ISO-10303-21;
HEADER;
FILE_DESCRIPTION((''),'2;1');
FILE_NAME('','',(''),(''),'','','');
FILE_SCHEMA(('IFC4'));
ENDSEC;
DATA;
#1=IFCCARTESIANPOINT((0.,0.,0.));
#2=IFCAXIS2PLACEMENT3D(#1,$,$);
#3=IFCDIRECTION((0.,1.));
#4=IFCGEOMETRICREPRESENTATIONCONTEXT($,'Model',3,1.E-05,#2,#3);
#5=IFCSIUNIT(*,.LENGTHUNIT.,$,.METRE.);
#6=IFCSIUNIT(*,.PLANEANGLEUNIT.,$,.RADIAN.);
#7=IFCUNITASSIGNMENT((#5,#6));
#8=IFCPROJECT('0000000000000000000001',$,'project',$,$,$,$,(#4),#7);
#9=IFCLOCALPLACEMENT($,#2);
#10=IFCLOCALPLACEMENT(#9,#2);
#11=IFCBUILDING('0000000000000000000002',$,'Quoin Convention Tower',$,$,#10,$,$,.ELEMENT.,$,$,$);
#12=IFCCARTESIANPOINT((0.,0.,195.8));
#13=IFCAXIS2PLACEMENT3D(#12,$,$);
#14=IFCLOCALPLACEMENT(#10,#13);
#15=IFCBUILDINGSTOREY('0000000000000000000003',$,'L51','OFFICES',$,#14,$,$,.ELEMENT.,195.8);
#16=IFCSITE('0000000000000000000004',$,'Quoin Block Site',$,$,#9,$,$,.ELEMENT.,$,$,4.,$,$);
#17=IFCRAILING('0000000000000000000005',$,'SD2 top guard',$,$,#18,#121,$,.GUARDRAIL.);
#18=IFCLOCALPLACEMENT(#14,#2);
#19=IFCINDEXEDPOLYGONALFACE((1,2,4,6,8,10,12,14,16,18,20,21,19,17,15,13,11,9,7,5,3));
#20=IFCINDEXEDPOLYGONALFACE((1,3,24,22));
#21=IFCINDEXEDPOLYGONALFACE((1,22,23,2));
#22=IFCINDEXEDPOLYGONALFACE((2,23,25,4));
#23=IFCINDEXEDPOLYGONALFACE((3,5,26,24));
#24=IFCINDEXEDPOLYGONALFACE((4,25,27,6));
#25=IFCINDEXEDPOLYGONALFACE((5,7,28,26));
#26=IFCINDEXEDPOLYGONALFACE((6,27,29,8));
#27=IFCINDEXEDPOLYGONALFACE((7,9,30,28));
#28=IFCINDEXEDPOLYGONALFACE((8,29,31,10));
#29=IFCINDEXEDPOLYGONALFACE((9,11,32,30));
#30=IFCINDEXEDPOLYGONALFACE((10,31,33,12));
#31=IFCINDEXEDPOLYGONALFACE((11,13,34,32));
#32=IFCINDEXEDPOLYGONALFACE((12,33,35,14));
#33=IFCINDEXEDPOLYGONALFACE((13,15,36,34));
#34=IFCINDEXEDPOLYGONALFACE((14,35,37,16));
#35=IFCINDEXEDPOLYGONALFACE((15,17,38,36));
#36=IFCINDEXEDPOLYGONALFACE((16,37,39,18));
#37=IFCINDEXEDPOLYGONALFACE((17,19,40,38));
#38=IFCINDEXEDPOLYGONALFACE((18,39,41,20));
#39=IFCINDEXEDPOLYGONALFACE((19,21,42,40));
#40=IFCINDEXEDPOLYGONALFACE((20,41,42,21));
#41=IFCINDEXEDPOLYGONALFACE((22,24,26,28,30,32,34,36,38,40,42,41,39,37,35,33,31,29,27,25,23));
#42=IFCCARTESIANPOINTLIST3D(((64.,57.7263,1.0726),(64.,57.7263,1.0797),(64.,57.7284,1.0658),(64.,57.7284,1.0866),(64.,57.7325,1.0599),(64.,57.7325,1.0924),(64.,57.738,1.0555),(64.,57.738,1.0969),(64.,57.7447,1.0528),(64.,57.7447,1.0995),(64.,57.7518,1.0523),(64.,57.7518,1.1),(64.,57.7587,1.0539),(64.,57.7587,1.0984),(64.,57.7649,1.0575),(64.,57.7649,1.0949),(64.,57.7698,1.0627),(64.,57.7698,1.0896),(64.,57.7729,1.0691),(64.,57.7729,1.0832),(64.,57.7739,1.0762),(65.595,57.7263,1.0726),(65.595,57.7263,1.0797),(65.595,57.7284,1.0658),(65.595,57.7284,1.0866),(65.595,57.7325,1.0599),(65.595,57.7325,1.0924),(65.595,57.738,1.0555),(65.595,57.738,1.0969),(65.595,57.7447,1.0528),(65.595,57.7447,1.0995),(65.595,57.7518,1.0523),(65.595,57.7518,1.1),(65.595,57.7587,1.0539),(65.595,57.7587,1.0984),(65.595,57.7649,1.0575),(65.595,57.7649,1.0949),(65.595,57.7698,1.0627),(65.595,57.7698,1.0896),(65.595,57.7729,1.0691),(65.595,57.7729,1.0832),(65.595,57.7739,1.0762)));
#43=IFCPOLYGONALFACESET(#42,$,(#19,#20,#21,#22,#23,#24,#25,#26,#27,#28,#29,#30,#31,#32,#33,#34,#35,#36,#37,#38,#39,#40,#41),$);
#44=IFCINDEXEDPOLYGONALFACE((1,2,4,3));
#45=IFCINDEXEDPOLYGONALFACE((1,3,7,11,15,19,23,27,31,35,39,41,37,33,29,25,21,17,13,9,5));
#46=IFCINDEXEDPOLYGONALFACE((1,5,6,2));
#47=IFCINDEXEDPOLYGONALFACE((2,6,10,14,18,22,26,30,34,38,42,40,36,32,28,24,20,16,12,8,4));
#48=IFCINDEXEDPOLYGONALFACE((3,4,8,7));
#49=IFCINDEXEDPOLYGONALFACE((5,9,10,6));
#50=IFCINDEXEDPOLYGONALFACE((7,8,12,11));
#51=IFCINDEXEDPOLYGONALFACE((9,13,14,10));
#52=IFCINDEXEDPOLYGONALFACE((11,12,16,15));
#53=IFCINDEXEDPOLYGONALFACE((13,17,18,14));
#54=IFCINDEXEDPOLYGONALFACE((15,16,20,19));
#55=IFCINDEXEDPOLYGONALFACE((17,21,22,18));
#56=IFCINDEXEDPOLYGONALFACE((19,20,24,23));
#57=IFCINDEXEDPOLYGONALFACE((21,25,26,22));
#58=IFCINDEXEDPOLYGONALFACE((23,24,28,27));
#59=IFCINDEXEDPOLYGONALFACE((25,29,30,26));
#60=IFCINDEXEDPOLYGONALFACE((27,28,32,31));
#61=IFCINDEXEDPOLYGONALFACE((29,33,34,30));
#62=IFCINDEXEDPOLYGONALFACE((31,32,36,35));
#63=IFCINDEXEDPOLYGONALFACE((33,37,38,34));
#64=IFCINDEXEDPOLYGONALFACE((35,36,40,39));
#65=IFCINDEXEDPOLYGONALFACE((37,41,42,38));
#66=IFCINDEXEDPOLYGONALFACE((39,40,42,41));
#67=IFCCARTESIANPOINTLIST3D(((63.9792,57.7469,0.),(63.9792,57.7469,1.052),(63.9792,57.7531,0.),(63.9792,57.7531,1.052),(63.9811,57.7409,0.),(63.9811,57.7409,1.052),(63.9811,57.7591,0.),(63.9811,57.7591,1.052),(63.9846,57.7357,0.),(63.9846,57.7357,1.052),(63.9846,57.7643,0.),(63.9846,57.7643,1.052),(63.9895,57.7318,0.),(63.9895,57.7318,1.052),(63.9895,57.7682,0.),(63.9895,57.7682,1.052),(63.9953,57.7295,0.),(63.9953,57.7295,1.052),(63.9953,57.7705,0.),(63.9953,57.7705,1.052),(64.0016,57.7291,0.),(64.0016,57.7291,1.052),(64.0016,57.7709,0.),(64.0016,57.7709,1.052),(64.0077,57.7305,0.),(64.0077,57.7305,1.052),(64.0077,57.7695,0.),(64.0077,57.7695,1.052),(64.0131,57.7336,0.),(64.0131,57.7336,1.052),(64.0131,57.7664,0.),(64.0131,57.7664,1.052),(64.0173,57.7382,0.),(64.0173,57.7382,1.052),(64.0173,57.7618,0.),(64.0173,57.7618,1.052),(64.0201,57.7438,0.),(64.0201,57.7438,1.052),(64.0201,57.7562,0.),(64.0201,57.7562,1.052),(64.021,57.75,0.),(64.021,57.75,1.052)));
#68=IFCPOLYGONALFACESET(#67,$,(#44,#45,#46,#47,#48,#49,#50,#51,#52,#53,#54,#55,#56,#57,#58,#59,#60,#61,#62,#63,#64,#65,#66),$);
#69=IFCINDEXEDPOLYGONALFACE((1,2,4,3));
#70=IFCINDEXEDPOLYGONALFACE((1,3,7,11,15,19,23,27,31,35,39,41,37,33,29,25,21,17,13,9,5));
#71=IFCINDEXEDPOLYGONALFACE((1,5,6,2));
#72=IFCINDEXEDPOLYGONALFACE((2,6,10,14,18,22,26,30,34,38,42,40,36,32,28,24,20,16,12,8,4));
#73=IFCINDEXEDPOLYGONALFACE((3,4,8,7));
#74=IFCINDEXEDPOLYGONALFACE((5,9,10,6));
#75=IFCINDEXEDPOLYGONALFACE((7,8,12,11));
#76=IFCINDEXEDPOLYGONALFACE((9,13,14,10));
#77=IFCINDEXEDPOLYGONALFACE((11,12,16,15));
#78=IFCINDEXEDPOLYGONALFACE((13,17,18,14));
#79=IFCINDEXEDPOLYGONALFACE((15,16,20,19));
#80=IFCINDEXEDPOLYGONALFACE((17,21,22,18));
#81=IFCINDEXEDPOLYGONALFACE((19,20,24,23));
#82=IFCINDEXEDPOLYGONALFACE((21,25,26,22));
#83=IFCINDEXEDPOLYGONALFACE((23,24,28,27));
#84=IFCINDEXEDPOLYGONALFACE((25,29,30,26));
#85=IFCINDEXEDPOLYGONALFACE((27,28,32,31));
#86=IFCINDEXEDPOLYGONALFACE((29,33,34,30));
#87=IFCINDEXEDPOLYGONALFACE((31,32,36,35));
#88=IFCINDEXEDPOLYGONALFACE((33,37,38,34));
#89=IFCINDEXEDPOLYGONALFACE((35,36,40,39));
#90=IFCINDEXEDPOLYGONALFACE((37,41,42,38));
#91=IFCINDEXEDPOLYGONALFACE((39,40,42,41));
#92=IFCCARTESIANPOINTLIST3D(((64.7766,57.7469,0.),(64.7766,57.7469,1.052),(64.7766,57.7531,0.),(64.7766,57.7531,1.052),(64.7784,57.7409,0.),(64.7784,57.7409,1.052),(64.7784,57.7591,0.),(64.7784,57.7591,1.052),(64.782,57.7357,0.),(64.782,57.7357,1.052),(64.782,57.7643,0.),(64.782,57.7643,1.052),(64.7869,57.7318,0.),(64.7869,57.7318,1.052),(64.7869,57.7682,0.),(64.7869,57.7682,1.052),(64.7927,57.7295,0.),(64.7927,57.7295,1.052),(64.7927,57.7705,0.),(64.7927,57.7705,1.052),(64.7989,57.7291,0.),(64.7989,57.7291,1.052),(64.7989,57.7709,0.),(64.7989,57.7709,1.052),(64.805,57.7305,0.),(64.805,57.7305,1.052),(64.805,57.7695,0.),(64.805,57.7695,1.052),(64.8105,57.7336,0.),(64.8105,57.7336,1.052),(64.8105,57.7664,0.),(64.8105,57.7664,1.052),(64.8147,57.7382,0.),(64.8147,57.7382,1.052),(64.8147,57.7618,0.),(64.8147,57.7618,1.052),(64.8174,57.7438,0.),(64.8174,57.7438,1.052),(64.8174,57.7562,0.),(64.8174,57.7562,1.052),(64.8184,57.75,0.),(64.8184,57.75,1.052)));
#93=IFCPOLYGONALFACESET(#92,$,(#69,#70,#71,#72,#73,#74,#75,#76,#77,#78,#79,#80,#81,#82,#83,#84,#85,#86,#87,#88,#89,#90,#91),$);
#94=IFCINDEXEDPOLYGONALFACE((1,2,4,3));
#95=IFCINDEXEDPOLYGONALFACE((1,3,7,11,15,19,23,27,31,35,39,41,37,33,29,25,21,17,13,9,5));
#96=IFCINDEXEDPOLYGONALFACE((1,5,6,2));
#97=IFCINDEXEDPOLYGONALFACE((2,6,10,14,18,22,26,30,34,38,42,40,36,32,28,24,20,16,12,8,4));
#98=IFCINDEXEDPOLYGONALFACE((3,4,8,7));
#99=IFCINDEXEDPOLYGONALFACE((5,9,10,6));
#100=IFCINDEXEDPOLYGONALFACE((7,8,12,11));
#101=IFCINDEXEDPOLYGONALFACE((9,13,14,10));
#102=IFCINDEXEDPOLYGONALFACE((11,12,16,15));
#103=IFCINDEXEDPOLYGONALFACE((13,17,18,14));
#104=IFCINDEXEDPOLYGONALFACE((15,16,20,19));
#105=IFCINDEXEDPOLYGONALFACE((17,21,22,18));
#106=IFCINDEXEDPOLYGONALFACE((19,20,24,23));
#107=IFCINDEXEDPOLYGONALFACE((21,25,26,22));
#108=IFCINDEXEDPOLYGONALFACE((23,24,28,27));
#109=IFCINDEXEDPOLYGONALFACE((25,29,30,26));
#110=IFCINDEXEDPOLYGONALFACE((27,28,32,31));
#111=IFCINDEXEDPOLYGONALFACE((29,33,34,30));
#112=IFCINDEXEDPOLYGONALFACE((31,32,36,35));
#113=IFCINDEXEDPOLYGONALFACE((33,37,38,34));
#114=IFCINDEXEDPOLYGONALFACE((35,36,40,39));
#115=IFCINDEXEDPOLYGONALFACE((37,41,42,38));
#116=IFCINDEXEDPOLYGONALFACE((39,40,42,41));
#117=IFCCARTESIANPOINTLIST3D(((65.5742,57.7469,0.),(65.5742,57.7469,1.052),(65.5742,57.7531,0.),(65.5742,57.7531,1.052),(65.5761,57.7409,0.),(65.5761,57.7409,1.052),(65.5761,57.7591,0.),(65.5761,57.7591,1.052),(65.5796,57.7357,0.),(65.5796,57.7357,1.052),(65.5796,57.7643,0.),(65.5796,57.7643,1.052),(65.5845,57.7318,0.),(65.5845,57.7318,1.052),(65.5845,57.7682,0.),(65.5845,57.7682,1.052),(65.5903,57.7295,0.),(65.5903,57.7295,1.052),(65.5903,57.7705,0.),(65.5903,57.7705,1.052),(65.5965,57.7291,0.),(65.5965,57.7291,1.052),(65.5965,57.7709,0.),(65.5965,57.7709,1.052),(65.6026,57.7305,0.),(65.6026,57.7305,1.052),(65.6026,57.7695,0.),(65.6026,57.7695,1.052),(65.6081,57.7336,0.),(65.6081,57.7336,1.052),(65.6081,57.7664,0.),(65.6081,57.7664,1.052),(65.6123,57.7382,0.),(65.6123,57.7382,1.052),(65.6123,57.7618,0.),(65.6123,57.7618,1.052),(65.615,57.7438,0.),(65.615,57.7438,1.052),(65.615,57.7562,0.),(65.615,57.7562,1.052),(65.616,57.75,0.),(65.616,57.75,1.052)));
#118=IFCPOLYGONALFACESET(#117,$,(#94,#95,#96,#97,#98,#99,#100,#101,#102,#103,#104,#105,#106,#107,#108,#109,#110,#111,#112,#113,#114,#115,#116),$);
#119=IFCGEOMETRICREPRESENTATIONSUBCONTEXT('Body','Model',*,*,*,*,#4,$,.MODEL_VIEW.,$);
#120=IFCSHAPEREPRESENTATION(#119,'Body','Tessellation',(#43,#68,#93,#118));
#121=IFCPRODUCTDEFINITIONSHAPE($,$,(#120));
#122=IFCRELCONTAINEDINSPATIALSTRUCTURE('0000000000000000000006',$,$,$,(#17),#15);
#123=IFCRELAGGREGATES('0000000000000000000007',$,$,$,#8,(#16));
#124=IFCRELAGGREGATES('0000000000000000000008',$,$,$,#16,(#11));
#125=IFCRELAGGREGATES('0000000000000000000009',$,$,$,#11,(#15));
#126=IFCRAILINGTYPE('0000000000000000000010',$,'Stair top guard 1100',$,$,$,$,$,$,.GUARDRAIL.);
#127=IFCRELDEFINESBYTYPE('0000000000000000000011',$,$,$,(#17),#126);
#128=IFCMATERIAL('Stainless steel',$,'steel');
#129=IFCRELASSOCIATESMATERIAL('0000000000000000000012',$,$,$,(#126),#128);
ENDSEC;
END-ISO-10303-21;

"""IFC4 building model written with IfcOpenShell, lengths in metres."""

from ifc_helpers import new_model, si_unit, direction, frame, origin, origin_2d, place, context, subcontext, project, spatial, circle, extrude, material, type_object, element, save


model = new_model("IFC4")

# Units and contexts
model_context = context("Model", 3, precision=1e-05, world=origin(), true_north=direction((0.0, 1.0)))
body_context = subcontext(model_context, "Body", "Model", "MODEL_VIEW")
ifc_project = project(units=[si_unit("LENGTHUNIT", "METRE"), si_unit("PLANEANGLEUNIT", "RADIAN")], contexts=[model_context])

# Site, building, storey
site_placement = place(None, origin())
site = spatial("IfcSite", under=ifc_project, at=site_placement, Name="Quoin Block Site", CompositionType="ELEMENT", RefElevation=4.0)
building_placement = place(site_placement, origin())
building = spatial("IfcBuilding", under=site, at=building_placement, Name="Quoin Convention Tower", CompositionType="ELEMENT")
storey_placement = place(building_placement, frame((0.0, 0.0, 195.8)))
storey = spatial("IfcBuildingStorey", under=building, at=storey_placement, Name="L51", Description="OFFICES", CompositionType="ELEMENT", Elevation=195.8)

# Railing
ifc_material_1 = material(Name="Stainless steel", Category="steel")
railing_type = type_object("IfcRailingType", Name="Stair top guard 1100", PredefinedType="GUARDRAIL", material=ifc_material_1)
railing_placement = place(storey_placement, frame((64.0, 57.75, 0.0)))
element("IfcRailing", 1, at=railing_placement, inside=storey, type_object=railing_type, Name="SD2 top guard", PredefinedType="GUARDRAIL", context=body_context, shape_type="SweptSolid", body=[
    extrude(circle(Radius=0.0239, at=origin_2d()), frame((0.0, 0.0, 1.0762), z_axis=(1.0, 0.0, 0.0), x_axis=(0.0, 1.0, 0.0)), (0.0, 0.0, 1.0), 1.595),
    extrude(circle(Radius=0.021, at=origin_2d()), origin(), (0.0, 0.0, 1.0), 1.052),
    extrude(circle(Radius=0.021, at=origin_2d()), frame((0.7974, 0.0, 0.0)), (0.0, 0.0, 1.0), 1.052),
    extrude(circle(Radius=0.021, at=origin_2d()), frame((1.595, 0.0, 0.0)), (0.0, 0.0, 1.0), 1.052),
])

save(model, "model.ifc")
